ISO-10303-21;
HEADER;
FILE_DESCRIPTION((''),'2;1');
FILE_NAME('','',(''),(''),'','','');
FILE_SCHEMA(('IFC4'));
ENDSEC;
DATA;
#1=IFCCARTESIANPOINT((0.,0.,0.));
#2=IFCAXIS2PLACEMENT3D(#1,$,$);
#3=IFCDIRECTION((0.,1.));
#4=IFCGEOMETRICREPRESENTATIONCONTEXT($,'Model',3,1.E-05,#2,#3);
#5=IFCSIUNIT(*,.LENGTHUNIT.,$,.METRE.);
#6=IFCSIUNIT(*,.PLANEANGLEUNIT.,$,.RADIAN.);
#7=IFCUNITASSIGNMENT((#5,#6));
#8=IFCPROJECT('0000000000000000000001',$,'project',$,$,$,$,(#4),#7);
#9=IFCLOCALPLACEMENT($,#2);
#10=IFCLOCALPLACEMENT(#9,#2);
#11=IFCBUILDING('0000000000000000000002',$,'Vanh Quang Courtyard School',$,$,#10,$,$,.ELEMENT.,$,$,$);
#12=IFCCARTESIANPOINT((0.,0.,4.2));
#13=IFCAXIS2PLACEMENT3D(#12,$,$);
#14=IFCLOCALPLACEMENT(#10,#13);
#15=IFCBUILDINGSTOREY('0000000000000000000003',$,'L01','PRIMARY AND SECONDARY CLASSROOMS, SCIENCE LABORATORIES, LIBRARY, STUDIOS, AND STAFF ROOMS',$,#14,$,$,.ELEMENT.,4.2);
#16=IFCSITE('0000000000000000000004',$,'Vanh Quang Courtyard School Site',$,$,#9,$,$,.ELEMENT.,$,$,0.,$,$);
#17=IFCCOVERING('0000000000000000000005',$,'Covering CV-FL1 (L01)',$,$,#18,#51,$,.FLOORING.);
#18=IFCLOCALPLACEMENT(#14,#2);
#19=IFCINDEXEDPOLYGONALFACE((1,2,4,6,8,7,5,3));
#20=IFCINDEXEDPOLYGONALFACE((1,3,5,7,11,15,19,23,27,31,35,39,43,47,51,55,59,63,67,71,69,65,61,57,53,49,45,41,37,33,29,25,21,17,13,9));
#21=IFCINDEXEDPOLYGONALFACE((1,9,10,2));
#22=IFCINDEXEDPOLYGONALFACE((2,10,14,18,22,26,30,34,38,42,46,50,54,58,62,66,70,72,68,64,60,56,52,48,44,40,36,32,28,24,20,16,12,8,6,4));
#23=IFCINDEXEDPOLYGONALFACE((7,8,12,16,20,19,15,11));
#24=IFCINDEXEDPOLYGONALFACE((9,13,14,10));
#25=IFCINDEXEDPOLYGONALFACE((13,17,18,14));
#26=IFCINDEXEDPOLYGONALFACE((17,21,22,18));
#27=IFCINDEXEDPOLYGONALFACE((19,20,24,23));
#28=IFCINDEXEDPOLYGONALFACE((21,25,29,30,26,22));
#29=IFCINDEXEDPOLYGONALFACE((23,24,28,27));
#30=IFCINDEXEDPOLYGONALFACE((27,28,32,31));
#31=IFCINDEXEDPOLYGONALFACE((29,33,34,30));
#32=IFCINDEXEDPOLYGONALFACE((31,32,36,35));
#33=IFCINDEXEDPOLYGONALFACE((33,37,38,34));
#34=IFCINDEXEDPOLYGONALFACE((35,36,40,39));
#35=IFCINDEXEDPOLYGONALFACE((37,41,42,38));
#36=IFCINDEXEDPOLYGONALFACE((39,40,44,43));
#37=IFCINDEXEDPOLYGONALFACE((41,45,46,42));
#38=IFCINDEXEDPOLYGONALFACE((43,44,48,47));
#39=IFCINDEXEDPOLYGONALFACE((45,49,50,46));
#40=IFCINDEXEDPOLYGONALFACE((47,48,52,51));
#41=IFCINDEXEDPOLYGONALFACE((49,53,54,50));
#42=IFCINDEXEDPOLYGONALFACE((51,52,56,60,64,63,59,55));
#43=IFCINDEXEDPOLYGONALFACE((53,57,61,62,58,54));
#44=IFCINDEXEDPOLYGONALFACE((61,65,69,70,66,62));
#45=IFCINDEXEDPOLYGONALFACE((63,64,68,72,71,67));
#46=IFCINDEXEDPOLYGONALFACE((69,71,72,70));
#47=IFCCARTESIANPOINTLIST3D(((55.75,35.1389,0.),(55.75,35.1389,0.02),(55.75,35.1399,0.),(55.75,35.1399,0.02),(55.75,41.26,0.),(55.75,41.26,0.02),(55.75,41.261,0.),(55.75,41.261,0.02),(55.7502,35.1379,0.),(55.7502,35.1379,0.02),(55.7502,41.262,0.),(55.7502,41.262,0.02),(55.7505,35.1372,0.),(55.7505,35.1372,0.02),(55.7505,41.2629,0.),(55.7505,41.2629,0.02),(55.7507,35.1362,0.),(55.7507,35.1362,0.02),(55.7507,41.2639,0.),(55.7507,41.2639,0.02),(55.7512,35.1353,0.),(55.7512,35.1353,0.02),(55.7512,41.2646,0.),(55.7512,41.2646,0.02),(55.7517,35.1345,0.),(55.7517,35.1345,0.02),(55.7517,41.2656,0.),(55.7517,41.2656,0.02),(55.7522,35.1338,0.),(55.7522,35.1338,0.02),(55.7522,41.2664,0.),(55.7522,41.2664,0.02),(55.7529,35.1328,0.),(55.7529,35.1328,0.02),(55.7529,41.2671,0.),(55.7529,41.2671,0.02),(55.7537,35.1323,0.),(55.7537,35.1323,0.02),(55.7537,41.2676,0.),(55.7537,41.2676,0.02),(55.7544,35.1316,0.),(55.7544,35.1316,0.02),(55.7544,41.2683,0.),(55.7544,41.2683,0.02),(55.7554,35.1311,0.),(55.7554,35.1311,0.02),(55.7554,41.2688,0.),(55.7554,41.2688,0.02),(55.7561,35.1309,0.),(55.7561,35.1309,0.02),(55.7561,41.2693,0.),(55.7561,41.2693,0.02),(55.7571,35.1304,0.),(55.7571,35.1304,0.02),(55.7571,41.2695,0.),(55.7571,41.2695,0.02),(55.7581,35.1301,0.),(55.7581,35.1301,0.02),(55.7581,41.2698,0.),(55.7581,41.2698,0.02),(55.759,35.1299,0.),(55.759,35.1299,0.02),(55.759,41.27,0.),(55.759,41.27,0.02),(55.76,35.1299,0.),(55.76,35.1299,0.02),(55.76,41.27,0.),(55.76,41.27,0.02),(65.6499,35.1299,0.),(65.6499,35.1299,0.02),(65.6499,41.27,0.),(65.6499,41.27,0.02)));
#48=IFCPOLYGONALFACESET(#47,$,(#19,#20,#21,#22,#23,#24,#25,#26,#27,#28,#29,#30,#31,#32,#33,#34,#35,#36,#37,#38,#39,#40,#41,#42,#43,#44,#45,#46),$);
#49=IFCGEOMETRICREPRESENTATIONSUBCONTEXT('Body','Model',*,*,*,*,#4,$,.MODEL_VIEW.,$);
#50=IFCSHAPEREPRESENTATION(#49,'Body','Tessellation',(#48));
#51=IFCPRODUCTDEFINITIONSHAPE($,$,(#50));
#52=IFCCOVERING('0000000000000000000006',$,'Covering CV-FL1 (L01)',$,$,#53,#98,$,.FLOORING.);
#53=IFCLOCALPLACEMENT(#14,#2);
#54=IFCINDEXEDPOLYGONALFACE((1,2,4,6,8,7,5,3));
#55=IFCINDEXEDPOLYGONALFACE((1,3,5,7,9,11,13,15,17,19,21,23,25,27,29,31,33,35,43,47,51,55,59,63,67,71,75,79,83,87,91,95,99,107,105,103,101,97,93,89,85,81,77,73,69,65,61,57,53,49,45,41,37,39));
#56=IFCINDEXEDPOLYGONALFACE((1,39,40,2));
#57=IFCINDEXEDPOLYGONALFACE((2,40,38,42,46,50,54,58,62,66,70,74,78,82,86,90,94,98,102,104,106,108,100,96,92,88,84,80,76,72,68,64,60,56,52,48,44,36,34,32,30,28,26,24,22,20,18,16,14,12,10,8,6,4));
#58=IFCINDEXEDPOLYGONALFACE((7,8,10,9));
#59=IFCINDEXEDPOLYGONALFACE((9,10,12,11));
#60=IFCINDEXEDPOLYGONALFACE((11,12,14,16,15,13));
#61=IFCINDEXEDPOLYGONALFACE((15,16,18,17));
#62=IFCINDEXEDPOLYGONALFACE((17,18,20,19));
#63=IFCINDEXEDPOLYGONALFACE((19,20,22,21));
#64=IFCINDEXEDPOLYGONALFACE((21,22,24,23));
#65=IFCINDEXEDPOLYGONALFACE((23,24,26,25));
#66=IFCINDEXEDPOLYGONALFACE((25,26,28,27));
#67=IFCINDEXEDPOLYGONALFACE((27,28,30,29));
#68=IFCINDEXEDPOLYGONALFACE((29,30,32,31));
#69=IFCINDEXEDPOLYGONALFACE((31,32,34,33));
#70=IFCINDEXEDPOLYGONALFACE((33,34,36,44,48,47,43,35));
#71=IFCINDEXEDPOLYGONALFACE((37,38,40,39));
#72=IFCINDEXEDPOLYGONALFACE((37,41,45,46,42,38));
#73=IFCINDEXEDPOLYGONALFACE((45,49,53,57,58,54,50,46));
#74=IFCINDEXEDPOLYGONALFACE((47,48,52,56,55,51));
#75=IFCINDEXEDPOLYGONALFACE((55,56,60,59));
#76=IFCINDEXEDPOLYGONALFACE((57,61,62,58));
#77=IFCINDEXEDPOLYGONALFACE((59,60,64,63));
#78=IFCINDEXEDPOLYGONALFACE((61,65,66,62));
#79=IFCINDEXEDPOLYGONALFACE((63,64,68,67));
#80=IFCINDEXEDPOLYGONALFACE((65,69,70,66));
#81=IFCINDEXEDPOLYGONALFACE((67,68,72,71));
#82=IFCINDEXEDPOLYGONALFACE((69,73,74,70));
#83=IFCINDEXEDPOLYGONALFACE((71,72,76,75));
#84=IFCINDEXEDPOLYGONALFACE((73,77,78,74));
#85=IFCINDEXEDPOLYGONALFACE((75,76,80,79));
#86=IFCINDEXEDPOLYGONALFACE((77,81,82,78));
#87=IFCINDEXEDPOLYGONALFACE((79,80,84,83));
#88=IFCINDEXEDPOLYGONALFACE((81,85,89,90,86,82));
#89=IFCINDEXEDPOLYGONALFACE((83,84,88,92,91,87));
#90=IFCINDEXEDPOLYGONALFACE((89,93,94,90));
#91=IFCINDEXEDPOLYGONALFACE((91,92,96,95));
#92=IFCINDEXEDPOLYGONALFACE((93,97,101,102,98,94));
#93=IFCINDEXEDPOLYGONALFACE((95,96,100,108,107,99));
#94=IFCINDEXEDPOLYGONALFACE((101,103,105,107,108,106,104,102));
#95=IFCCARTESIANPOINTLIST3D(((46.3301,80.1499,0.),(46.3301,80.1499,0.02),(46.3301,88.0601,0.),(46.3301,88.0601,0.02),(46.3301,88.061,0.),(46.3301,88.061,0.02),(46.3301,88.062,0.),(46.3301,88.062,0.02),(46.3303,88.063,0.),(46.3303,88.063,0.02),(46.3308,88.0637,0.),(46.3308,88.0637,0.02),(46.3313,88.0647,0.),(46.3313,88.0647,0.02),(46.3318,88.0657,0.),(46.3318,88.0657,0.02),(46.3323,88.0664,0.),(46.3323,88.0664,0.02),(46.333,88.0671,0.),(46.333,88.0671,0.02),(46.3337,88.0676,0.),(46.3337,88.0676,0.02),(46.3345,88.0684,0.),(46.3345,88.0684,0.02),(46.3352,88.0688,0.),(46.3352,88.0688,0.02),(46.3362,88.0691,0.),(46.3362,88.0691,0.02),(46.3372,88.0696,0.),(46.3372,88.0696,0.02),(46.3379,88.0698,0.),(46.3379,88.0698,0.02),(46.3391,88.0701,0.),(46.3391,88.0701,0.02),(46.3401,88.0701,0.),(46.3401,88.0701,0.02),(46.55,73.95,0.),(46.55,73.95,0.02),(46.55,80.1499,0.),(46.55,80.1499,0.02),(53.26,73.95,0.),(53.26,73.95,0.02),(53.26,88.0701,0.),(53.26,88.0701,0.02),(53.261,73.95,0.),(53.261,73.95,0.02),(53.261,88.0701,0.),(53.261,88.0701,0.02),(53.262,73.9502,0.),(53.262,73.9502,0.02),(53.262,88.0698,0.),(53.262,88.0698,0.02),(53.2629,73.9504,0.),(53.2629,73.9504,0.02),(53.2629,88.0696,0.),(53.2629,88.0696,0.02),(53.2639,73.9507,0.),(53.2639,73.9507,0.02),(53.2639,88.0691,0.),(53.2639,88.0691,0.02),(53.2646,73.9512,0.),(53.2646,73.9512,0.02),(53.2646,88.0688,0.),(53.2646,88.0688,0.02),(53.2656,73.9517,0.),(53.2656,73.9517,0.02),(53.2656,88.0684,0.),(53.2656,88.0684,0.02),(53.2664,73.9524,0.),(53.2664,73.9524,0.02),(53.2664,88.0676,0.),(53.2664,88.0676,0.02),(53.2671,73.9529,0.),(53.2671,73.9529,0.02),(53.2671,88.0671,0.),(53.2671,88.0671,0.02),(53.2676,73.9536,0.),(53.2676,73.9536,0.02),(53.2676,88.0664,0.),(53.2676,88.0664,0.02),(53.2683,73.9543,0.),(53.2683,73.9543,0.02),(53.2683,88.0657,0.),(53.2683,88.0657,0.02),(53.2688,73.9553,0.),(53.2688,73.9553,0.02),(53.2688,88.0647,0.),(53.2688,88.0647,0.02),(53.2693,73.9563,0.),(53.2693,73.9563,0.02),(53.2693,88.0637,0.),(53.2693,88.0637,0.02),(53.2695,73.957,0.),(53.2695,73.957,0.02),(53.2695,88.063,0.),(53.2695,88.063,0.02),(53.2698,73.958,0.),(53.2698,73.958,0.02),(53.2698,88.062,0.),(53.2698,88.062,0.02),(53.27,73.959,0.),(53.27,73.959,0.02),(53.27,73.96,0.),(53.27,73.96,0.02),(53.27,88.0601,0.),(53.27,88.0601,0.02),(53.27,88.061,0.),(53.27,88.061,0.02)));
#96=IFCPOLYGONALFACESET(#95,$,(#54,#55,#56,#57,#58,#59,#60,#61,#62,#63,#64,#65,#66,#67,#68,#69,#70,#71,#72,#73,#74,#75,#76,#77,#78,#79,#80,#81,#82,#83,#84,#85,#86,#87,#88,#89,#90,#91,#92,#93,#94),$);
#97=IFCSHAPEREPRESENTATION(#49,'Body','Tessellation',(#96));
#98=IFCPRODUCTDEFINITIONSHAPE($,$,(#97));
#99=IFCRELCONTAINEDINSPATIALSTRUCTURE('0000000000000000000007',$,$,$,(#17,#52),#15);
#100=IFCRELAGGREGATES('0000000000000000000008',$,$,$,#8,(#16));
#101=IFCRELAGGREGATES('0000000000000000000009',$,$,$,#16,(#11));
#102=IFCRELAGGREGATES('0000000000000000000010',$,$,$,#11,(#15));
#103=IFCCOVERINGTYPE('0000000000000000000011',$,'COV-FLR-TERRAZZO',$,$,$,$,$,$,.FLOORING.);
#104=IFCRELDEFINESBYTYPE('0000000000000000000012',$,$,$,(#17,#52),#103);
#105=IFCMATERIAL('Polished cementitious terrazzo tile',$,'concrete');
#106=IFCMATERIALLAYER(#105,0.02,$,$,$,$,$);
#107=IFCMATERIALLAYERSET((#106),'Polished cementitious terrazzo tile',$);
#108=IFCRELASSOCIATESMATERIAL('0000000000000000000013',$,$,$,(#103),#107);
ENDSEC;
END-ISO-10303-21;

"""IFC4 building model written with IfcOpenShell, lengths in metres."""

from ifc_helpers import new_model, si_unit, direction, frame, origin, place, context, subcontext, project, spatial, polyline, outline, extrude, material, layer, layer_set, type_object, element, save


model = new_model("IFC4")

# Units and contexts
model_context = context("Model", 3, precision=1e-05, world=origin(), true_north=direction((0.0, 1.0)))
body_context = subcontext(model_context, "Body", "Model", "MODEL_VIEW")
ifc_project = project(units=[si_unit("LENGTHUNIT", "METRE"), si_unit("PLANEANGLEUNIT", "RADIAN")], contexts=[model_context])

# Site, building, storey
site_placement = place(None, origin())
site = spatial("IfcSite", under=ifc_project, at=site_placement, Name="Vanh Quang Courtyard School Site", CompositionType="ELEMENT", RefElevation=0.0)
building_placement = place(site_placement, origin())
building = spatial("IfcBuilding", under=site, at=building_placement, Name="Vanh Quang Courtyard School", CompositionType="ELEMENT")
storey_placement = place(building_placement, frame((0.0, 0.0, 4.2)))
storey = spatial("IfcBuildingStorey", under=building, at=storey_placement, Name="L01", Description="PRIMARY AND SECONDARY CLASSROOMS, SCIENCE LABORATORIES, LIBRARY, STUDIOS, AND STAFF ROOMS", CompositionType="ELEMENT", Elevation=4.2)

# Coverings
ifc_material_1 = material(Name="Polished cementitious terrazzo tile", Category="concrete")
ifc_layer_1 = layer(ifc_material_1, 0.02)
ifc_layer_set_1 = layer_set([ifc_layer_1], Name="Polished cementitious terrazzo tile")
covering_type_1 = type_object("IfcCoveringType", Name="COV-FLR-TERRAZZO", PredefinedType="FLOORING", material=ifc_layer_set_1)
covering_1_placement = place(storey_placement, origin())
element("IfcCovering", 1, at=covering_1_placement, inside=storey, type_object=covering_type_1, Name="Covering CV-FL1 (L01)", PredefinedType="FLOORING", context=body_context, shape_type="SweptSolid", body=[
    extrude(outline(polyline([(55.76, 35.1299), (55.759, 35.1299), (55.7581, 35.1301), (55.7571, 35.1304), (55.7561, 35.1309), (55.7554, 35.1311), (55.7544, 35.1316), (55.7537, 35.1323), (55.7529, 35.1328), (55.7522, 35.1338), (55.7517, 35.1345), (55.7512, 35.1353), (55.7507, 35.1362), (55.7505, 35.1372), (55.7502, 35.1379), (55.75, 35.1389), (55.75, 35.1399), (55.75, 41.26), (55.75, 41.261), (55.7502, 41.262), (55.7505, 41.2629), (55.7507, 41.2639), (55.7512, 41.2646), (55.7517, 41.2656), (55.7522, 41.2664), (55.7529, 41.2671), (55.7537, 41.2676), (55.7544, 41.2683), (55.7554, 41.2688), (55.7561, 41.2693), (55.7571, 41.2695), (55.7581, 41.2698), (55.759, 41.27), (55.76, 41.27), (65.6499, 41.27), (65.6499, 35.1299), (55.76, 35.1299)])), origin(), (0.0, 0.0, 1.0), 0.02),
])
covering_2_placement = place(storey_placement, origin())
element("IfcCovering", 2, at=covering_2_placement, inside=storey, type_object=covering_type_1, Name="Covering CV-FL1 (L01)", PredefinedType="FLOORING", context=body_context, shape_type="SweptSolid", body=[
    extrude(outline(polyline([(53.27, 73.96), (53.27, 73.959), (53.2698, 73.958), (53.2695, 73.957), (53.2693, 73.9563), (53.2688, 73.9553), (53.2683, 73.9543), (53.2676, 73.9536), (53.2671, 73.9529), (53.2664, 73.9524), (53.2656, 73.9517), (53.2646, 73.9512), (53.2639, 73.9507), (53.2629, 73.9504), (53.262, 73.9502), (53.261, 73.95), (53.26, 73.95), (46.55, 73.95), (46.55, 80.1499), (46.3301, 80.1499), (46.3301, 88.0601), (46.3301, 88.061), (46.3301, 88.062), (46.3303, 88.063), (46.3308, 88.0637), (46.3313, 88.0647), (46.3318, 88.0657), (46.3323, 88.0664), (46.333, 88.0671), (46.3337, 88.0676), (46.3345, 88.0684), (46.3352, 88.0688), (46.3362, 88.0691), (46.3372, 88.0696), (46.3379, 88.0698), (46.3391, 88.0701), (46.3401, 88.0701), (53.26, 88.0701), (53.261, 88.0701), (53.262, 88.0698), (53.2629, 88.0696), (53.2639, 88.0691), (53.2646, 88.0688), (53.2656, 88.0684), (53.2664, 88.0676), (53.2671, 88.0671), (53.2676, 88.0664), (53.2683, 88.0657), (53.2688, 88.0647), (53.2693, 88.0637), (53.2695, 88.063), (53.2698, 88.062), (53.27, 88.061), (53.27, 88.0601), (53.27, 73.96)])), origin(), (0.0, 0.0, 1.0), 0.02),
])

save(model, "model.ifc")
